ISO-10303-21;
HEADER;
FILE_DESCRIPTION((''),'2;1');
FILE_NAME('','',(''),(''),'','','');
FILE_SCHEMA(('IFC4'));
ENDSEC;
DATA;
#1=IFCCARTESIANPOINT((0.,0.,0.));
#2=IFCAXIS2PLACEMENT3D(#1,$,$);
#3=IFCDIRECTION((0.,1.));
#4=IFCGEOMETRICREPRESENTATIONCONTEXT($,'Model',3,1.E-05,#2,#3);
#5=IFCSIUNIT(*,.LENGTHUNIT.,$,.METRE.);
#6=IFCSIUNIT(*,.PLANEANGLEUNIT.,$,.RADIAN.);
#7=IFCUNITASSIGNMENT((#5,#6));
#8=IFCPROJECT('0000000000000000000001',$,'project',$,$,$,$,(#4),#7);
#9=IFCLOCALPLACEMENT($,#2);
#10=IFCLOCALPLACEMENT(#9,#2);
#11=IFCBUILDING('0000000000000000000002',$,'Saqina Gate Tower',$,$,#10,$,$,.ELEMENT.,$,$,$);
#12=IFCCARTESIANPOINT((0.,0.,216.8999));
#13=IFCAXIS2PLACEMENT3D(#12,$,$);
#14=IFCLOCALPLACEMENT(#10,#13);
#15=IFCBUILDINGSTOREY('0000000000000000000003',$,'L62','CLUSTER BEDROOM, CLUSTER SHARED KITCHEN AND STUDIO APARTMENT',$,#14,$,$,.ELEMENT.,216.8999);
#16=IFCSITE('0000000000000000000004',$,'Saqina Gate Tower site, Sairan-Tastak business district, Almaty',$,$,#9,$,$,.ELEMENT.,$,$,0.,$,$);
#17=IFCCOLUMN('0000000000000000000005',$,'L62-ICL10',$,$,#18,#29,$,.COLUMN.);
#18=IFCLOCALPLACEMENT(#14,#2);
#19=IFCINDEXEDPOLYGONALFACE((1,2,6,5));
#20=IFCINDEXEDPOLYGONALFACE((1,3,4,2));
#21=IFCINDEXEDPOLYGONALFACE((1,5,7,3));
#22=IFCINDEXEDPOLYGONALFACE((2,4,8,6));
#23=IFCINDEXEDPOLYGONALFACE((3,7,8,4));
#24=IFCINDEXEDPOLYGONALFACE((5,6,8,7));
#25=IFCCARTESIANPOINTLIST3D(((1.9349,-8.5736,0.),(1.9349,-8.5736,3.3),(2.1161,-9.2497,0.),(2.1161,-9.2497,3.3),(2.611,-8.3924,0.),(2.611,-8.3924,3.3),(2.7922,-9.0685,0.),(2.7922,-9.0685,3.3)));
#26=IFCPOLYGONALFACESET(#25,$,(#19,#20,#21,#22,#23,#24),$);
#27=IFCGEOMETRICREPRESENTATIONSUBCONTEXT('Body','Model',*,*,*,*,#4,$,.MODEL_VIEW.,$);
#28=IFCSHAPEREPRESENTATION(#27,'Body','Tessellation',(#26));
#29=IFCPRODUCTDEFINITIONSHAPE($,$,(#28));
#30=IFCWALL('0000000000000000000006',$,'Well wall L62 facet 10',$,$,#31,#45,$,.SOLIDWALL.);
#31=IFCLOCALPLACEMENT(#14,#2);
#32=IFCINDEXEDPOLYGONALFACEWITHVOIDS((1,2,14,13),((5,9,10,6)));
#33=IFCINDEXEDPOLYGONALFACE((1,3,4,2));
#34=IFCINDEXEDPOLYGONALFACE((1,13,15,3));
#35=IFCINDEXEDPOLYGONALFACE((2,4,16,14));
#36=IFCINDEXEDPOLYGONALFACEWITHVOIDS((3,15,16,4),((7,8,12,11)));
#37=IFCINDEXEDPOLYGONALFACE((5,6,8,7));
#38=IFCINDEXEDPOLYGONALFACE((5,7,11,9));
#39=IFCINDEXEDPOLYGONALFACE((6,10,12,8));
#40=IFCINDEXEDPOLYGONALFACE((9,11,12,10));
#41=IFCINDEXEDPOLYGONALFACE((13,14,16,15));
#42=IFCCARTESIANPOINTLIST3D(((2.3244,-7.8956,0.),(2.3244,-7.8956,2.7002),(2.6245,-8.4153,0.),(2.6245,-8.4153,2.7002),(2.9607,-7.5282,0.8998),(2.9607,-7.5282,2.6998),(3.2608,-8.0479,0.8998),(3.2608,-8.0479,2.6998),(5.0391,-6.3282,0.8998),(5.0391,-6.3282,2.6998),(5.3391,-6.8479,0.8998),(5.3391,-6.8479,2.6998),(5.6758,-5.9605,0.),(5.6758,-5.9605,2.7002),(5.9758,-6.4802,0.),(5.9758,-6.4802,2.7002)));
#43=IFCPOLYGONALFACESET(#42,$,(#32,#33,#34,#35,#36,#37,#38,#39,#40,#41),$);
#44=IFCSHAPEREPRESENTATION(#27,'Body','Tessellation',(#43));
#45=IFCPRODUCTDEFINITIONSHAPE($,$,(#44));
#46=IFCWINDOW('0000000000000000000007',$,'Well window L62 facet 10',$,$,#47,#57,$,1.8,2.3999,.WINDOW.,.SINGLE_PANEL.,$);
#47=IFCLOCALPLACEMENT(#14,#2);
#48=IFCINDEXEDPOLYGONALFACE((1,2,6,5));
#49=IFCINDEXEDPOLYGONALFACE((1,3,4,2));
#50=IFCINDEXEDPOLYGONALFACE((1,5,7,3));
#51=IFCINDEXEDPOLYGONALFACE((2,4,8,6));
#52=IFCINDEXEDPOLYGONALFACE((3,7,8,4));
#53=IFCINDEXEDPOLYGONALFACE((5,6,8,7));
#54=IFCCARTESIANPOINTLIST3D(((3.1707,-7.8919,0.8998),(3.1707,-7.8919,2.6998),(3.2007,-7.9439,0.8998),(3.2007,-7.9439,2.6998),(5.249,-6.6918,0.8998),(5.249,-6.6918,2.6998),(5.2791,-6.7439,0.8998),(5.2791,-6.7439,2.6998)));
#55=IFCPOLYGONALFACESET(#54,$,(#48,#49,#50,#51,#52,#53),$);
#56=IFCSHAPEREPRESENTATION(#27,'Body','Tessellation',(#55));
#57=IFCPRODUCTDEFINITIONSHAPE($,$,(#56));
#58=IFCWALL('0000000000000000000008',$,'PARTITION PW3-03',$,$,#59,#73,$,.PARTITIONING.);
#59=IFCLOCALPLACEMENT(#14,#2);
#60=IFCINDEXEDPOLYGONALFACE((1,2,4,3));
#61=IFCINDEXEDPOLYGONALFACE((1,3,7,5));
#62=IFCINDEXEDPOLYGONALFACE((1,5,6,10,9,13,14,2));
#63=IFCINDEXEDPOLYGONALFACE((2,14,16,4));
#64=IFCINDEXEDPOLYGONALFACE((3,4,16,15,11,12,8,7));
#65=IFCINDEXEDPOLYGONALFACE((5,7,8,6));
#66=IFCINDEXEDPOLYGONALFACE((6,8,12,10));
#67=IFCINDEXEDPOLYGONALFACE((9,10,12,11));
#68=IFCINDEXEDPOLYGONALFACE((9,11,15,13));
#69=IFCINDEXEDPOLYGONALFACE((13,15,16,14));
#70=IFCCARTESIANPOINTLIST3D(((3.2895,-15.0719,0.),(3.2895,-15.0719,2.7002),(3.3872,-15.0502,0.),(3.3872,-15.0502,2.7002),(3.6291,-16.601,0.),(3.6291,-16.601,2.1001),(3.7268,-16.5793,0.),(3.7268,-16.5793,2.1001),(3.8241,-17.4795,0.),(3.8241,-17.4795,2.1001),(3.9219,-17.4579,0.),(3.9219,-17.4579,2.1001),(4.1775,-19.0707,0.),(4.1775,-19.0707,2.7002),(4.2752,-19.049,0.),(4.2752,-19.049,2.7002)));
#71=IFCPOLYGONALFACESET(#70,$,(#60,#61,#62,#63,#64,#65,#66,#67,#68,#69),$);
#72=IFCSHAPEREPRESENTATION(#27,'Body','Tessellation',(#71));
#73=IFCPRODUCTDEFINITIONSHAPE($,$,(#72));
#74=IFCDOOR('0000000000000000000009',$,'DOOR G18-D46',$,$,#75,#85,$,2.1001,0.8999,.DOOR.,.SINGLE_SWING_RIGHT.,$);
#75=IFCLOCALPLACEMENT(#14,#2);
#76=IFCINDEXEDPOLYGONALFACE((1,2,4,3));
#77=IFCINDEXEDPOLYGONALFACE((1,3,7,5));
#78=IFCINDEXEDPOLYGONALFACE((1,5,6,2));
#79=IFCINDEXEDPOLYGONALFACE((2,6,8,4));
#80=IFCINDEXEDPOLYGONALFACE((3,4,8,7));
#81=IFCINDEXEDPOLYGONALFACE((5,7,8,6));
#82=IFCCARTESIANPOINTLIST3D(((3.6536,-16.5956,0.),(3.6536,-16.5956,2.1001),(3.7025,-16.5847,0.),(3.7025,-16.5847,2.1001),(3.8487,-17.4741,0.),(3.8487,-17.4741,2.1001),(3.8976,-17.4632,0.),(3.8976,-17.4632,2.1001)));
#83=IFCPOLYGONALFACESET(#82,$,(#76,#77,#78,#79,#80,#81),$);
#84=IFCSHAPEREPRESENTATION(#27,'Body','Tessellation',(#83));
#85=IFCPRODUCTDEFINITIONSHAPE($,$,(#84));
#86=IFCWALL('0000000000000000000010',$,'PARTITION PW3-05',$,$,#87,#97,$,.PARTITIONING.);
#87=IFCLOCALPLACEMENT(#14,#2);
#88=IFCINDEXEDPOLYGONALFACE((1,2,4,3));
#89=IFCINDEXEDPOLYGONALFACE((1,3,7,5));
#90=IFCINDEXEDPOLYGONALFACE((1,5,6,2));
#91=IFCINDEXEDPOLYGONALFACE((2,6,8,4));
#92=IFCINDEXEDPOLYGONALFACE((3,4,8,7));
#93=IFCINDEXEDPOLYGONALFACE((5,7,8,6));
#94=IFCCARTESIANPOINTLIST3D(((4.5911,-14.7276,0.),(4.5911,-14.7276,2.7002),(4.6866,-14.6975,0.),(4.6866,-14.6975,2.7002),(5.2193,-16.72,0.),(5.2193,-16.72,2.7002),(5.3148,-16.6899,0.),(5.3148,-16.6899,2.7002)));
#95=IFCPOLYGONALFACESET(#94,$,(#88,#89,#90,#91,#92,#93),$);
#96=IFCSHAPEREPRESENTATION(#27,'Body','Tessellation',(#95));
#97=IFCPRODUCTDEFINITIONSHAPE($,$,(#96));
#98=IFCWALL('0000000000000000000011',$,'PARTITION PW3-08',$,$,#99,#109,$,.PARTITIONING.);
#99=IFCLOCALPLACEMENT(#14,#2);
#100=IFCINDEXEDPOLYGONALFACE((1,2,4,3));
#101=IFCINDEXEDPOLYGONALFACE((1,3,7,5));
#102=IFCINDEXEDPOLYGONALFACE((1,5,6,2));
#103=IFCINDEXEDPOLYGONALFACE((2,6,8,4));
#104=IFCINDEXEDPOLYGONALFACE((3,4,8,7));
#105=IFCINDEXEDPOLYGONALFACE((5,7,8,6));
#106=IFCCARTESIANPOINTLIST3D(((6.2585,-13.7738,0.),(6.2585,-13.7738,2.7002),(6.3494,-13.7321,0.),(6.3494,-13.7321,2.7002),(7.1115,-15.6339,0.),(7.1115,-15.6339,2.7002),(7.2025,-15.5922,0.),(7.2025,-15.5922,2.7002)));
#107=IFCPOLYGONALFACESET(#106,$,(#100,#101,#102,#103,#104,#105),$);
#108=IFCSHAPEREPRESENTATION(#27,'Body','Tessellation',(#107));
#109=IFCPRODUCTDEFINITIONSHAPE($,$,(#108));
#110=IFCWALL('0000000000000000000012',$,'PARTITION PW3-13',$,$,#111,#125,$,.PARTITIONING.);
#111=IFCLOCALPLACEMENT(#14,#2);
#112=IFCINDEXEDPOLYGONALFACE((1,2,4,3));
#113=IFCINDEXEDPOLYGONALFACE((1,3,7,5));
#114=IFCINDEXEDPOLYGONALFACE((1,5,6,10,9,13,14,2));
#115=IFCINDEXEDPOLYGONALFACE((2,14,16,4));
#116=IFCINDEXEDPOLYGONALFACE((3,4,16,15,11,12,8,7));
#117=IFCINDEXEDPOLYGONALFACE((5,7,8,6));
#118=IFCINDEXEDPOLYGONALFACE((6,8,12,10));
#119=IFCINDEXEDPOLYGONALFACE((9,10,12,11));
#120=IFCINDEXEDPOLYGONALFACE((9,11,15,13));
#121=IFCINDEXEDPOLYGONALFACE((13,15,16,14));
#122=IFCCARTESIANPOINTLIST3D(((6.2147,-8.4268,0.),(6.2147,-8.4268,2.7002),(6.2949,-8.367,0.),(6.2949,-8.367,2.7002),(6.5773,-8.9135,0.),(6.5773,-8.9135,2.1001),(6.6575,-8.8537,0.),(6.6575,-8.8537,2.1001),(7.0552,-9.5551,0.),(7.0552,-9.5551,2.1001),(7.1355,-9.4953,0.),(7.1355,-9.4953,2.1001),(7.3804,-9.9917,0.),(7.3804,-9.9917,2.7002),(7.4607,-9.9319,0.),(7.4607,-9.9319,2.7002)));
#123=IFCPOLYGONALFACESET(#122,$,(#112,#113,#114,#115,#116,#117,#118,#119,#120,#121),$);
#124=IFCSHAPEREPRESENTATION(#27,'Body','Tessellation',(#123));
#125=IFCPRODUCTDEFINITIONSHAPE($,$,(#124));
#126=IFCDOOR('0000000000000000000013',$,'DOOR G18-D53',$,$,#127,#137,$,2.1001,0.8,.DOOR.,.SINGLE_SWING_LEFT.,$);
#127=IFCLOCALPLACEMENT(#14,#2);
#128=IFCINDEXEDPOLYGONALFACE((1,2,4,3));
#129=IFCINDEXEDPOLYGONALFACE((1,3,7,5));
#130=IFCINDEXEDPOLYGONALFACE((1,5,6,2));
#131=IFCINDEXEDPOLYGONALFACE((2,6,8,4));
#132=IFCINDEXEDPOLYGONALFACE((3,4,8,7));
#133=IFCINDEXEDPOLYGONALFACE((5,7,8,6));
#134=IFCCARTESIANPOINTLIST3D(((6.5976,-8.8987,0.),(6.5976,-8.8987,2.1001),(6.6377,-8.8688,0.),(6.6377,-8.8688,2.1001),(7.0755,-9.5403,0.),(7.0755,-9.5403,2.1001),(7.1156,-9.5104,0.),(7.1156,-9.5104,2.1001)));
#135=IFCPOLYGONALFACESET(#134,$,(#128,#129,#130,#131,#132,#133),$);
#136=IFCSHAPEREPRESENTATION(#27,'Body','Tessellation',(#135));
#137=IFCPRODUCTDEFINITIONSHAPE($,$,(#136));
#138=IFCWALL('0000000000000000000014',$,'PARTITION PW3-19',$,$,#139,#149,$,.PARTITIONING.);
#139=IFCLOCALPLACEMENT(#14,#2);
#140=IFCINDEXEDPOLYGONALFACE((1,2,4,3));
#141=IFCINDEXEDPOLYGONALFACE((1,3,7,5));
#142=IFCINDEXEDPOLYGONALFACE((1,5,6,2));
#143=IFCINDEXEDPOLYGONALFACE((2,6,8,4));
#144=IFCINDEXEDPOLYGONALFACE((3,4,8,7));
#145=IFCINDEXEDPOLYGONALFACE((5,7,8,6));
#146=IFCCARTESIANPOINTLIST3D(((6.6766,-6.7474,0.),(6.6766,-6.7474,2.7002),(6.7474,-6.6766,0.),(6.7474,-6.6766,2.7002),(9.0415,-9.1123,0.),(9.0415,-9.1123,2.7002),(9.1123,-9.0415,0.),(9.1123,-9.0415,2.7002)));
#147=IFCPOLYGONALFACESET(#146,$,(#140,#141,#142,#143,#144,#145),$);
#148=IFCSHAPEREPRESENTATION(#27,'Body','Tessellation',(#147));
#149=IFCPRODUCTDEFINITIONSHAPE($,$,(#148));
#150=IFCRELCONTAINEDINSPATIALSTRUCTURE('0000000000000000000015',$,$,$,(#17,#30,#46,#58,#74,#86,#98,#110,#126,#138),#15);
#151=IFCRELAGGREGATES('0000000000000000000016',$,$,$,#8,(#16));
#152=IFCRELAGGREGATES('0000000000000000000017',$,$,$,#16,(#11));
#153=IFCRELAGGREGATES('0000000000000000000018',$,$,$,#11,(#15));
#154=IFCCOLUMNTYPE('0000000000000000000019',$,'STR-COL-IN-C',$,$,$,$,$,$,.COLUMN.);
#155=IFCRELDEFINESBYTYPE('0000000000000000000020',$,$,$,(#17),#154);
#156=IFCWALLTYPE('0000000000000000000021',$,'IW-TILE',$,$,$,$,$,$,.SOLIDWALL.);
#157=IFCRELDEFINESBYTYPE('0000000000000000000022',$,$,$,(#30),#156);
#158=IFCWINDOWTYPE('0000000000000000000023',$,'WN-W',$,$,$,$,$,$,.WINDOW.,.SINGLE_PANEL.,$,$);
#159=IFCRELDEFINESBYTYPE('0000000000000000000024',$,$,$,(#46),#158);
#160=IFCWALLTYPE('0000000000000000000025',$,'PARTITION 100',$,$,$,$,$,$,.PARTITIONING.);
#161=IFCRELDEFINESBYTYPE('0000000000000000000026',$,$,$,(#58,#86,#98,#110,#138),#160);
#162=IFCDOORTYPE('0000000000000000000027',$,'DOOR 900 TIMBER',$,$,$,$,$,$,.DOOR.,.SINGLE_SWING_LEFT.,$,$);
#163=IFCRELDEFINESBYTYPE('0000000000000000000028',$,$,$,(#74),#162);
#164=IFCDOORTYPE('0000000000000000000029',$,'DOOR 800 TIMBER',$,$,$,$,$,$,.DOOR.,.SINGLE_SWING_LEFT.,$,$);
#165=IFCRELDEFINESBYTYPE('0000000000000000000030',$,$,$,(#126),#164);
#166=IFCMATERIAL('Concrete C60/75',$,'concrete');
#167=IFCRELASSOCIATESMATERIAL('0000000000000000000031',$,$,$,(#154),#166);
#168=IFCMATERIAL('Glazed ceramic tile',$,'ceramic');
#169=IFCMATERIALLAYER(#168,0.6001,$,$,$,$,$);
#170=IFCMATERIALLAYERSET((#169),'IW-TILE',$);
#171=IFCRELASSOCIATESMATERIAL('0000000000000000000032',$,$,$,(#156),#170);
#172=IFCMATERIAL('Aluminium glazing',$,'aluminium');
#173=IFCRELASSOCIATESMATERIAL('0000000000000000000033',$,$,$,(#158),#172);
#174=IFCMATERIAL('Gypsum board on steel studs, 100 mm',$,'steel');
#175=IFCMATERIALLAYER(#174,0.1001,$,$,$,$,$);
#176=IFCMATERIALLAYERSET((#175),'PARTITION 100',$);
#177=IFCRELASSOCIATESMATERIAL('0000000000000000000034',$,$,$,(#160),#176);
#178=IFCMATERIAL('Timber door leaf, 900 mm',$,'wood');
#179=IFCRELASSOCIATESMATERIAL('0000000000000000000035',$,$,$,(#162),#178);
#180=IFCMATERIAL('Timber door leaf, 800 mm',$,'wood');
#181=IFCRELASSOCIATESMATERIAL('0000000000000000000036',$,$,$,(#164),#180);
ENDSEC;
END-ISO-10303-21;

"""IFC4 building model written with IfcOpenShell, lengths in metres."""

from ifc_helpers import new_model, si_unit, direction, frame, frame_2d, origin, origin_2d, place, context, subcontext, project, spatial, rectangle, extrude, material, layer, layer_set, material_profile, profile_set, type_object, element, fill, save


model = new_model("IFC4")

# Units and contexts
model_context = context("Model", 3, precision=1e-05, world=origin(), true_north=direction((0.0, 1.0)))
body_context = subcontext(model_context, "Body", "Model", "MODEL_VIEW")
ifc_project = project(units=[si_unit("LENGTHUNIT", "METRE"), si_unit("PLANEANGLEUNIT", "RADIAN")], contexts=[model_context])

# Site, building, storey
site_placement = place(None, origin())
site = spatial("IfcSite", under=ifc_project, at=site_placement, Name="Saqina Gate Tower site, Sairan-Tastak business district, Almaty", CompositionType="ELEMENT", RefElevation=0.0)
building_placement = place(site_placement, origin())
building = spatial("IfcBuilding", under=site, at=building_placement, Name="Saqina Gate Tower", CompositionType="ELEMENT")
storey_placement = place(building_placement, frame((0.0, 0.0, 216.8999)))
storey = spatial("IfcBuildingStorey", under=building, at=storey_placement, Name="L62", Description="CLUSTER BEDROOM, CLUSTER SHARED KITCHEN AND STUDIO APARTMENT", CompositionType="ELEMENT", Elevation=216.8999)

# Column
ifc_material_1 = material(Name="Concrete C60/75", Category="concrete")
ifc_material_profile = material_profile(ifc_material_1, rectangle(XDim=0.7, YDim=0.7, at=origin_2d()), Name="RC 700x700")
ifc_profile_set = profile_set([ifc_material_profile], Name="Concrete C60/75")
column_type = type_object("IfcColumnType", Name="STR-COL-IN-C", PredefinedType="COLUMN", material=ifc_profile_set)
column_placement = place(storey_placement, frame((2.3635, -8.821, 0.0), z_axis=(0.0, 0.0, 1.0), x_axis=(0.258819, -0.965926, 0.0)))
element("IfcColumn", 1, at=column_placement, inside=storey, type_object=column_type, Name="L62-ICL10", PredefinedType="COLUMN", context=body_context, shape_type="SweptSolid", body=[
    extrude(rectangle(XDim=0.7, YDim=0.7, at=origin_2d()), origin(), (0.0, 0.0, 1.0), 3.3),
])

# Wall, opening, window
ifc_material_2 = material(Name="Glazed ceramic tile", Category="ceramic")
ifc_layer_1 = layer(ifc_material_2, 0.6001)
ifc_layer_set_1 = layer_set([ifc_layer_1], Name="IW-TILE")
wall_type_1 = type_object("IfcWallType", Name="IW-TILE", PredefinedType="SOLIDWALL", material=ifc_layer_set_1)
wall_1_placement = place(storey_placement, frame((2.4744, -8.1555, 0.0), z_axis=(0.0, 0.0, 1.0), x_axis=(0.866006, 0.500034, 0.0)))
wall_1 = element("IfcWall", 2, at=wall_1_placement, inside=storey, type_object=wall_type_1, Name="Well wall L62 facet 10", PredefinedType="SOLIDWALL", context=body_context, shape_type="SweptSolid", body=[
    extrude(rectangle(XDim=3.8699, YDim=0.6001, at=frame_2d((1.9351, 0.0))), origin(), (0.0, 0.0, 1.0), 2.7002),
])
opening_1_placement = place(wall_1_placement, frame((0.7349, 0.0, 0.8999)))
opening_1 = element("IfcOpeningElement", 3, at=opening_1_placement, cuts=wall_1, PredefinedType="OPENING", context=body_context, shape_type="SweptSolid", body=[
    extrude(rectangle(XDim=2.3999, YDim=1.8, at=frame_2d((1.2, 0.8999))), frame((0.0, 0.312, 0.0), z_axis=(0.0, -1.0, 0.0), x_axis=(1.0, 0.0, 0.0)), (0.0, 0.0, 1.0), 0.624),
])
ifc_material_3 = material(Name="Aluminium glazing", Category="aluminium")
window_type = type_object("IfcWindowType", Name="WN-W", PartitioningType="SINGLE_PANEL", PredefinedType="WINDOW", material=ifc_material_3)
window_placement = place(opening_1_placement, origin())
window = element("IfcWindow", 4, at=window_placement, inside=storey, type_object=window_type, Name="Well window L62 facet 10", OverallHeight=1.8, OverallWidth=2.3999, PartitioningType="SINGLE_PANEL", PredefinedType="WINDOW", context=body_context, shape_type="SweptSolid", body=[
    extrude(rectangle(XDim=2.3999, YDim=1.8, at=frame_2d((1.2, 0.8999))), frame((0.0, -0.1199, 0.0), z_axis=(0.0, -1.0, 0.0), x_axis=(1.0, 0.0, 0.0)), (0.0, 0.0, 1.0), 0.0601),
])
fill(opening_1, window)

# Wall, opening, door
ifc_material_4 = material(Name="Gypsum board on steel studs, 100 mm", Category="steel")
ifc_layer_2 = layer(ifc_material_4, 0.1001)
ifc_layer_set_2 = layer_set([ifc_layer_2], Name="PARTITION 100")
wall_type_2 = type_object("IfcWallType", Name="PARTITION 100", PredefinedType="PARTITIONING", material=ifc_layer_set_2)
wall_2_placement = place(storey_placement, frame((3.3384, -15.061, 0.0), z_axis=(0.0, 0.0, 1.0), x_axis=(0.216773, -0.976222, 0.0)))
wall_2 = element("IfcWall", 5, at=wall_2_placement, inside=storey, type_object=wall_type_2, Name="PARTITION PW3-03", PredefinedType="PARTITIONING", context=body_context, shape_type="SweptSolid", body=[
    extrude(rectangle(XDim=4.0962, YDim=0.1001, at=frame_2d((2.0481, 0.0))), origin(), (0.0, 0.0, 1.0), 2.7002),
])
opening_2_placement = place(wall_2_placement, frame((1.5664, 0.0, 0.0)))
opening_2 = element("IfcOpeningElement", 6, at=opening_2_placement, cuts=wall_2, PredefinedType="OPENING", context=body_context, shape_type="SweptSolid", body=[
    extrude(rectangle(XDim=0.8999, YDim=2.1001, at=frame_2d((0.45, 1.05))), frame((0.0, 0.062, 0.0), z_axis=(0.0, -1.0, 0.0), x_axis=(1.0, 0.0, 0.0)), (0.0, 0.0, 1.0), 0.124),
])
ifc_material_5 = material(Name="Timber door leaf, 900 mm", Category="wood")
door_type_1 = type_object("IfcDoorType", Name="DOOR 900 TIMBER", OperationType="SINGLE_SWING_LEFT", PredefinedType="DOOR", material=ifc_material_5)
door_1_placement = place(opening_2_placement, frame((0.8999, 0.0, 0.0), z_axis=(0.0, 0.0, 1.0), x_axis=(-1.0, 0.0, 0.0)))
door_1 = element("IfcDoor", 7, at=door_1_placement, inside=storey, type_object=door_type_1, Name="DOOR G18-D46", OperationType="SINGLE_SWING_RIGHT", OverallHeight=2.1001, OverallWidth=0.8999, PredefinedType="DOOR", context=body_context, shape_type="SweptSolid", body=[
    extrude(rectangle(XDim=0.8999, YDim=2.1001, at=frame_2d((0.45, 1.05))), frame((0.0, 0.0249, 0.0), z_axis=(0.0, -1.0, 0.0), x_axis=(1.0, 0.0, 0.0)), (0.0, 0.0, 1.0), 0.05),
])
fill(opening_2, door_1)

# Walls
wall_3_placement = place(storey_placement, frame((4.6389, -14.7126, 0.0), z_axis=(0.0, 0.0, 1.0), x_axis=(0.300689, -0.953722, 0.0)))
element("IfcWall", 8, at=wall_3_placement, inside=storey, type_object=wall_type_2, Name="PARTITION PW3-05", PredefinedType="PARTITIONING", context=body_context, shape_type="SweptSolid", body=[
    extrude(rectangle(XDim=2.0891, YDim=0.1001, at=frame_2d((1.0444, 0.0))), origin(), (0.0, 0.0, 1.0), 2.7002),
])
wall_4_placement = place(storey_placement, frame((6.304, -13.7529, 0.0), z_axis=(0.0, 0.0, 1.0), x_axis=(0.416848, -0.908976, 0.0)))
element("IfcWall", 9, at=wall_4_placement, inside=storey, type_object=wall_type_2, Name="PARTITION PW3-08", PredefinedType="PARTITIONING", context=body_context, shape_type="SweptSolid", body=[
    extrude(rectangle(XDim=2.0464, YDim=0.1001, at=frame_2d((1.0232, 0.0))), origin(), (0.0, 0.0, 1.0), 2.7002),
])

# Wall, opening, door
wall_5_placement = place(storey_placement, frame((6.2549, -8.397, 0.0), z_axis=(0.0, 0.0, 1.0), x_axis=(0.597395, -0.801947, 0.0)))
wall_5 = element("IfcWall", 10, at=wall_5_placement, inside=storey, type_object=wall_type_2, Name="PARTITION PW3-13", PredefinedType="PARTITIONING", context=body_context, shape_type="SweptSolid", body=[
    extrude(rectangle(XDim=1.9514, YDim=0.1001, at=frame_2d((0.9756, 0.0))), origin(), (0.0, 0.0, 1.0), 2.7002),
])
opening_3_placement = place(wall_5_placement, frame((0.6069, 0.0, 0.0)))
opening_3 = element("IfcOpeningElement", 11, at=opening_3_placement, cuts=wall_5, PredefinedType="OPENING", context=body_context, shape_type="SweptSolid", body=[
    extrude(rectangle(XDim=0.8, YDim=2.1001, at=frame_2d((0.3999, 1.05))), frame((0.0, 0.062, 0.0), z_axis=(0.0, -1.0, 0.0), x_axis=(1.0, 0.0, 0.0)), (0.0, 0.0, 1.0), 0.124),
])
ifc_material_6 = material(Name="Timber door leaf, 800 mm", Category="wood")
door_type_2 = type_object("IfcDoorType", Name="DOOR 800 TIMBER", OperationType="SINGLE_SWING_LEFT", PredefinedType="DOOR", material=ifc_material_6)
door_2_placement = place(opening_3_placement, frame((0.8, 0.0, 0.0), z_axis=(0.0, 0.0, 1.0), x_axis=(-1.0, 0.0, 0.0)))
door_2 = element("IfcDoor", 12, at=door_2_placement, inside=storey, type_object=door_type_2, Name="DOOR G18-D53", OperationType="SINGLE_SWING_LEFT", OverallHeight=2.1001, OverallWidth=0.8, PredefinedType="DOOR", context=body_context, shape_type="SweptSolid", body=[
    extrude(rectangle(XDim=0.8, YDim=2.1001, at=frame_2d((0.3999, 1.05))), frame((0.0, 0.0249, 0.0), z_axis=(0.0, -1.0, 0.0), x_axis=(1.0, 0.0, 0.0)), (0.0, 0.0, 1.0), 0.05),
])
fill(opening_3, door_2)

# Wall
wall_6_placement = place(storey_placement, frame((6.7119, -6.7119, 0.0), z_axis=(0.0, 0.0, 1.0), x_axis=(0.707107, -0.707107, 0.0)))
element("IfcWall", 13, at=wall_6_placement, inside=storey, type_object=wall_type_2, Name="PARTITION PW3-19", PredefinedType="PARTITIONING", context=body_context, shape_type="SweptSolid", body=[
    extrude(rectangle(XDim=3.3445, YDim=0.1001, at=frame_2d((1.6724, 0.0))), origin(), (0.0, 0.0, 1.0), 2.7002),
])

save(model, "model.ifc")
